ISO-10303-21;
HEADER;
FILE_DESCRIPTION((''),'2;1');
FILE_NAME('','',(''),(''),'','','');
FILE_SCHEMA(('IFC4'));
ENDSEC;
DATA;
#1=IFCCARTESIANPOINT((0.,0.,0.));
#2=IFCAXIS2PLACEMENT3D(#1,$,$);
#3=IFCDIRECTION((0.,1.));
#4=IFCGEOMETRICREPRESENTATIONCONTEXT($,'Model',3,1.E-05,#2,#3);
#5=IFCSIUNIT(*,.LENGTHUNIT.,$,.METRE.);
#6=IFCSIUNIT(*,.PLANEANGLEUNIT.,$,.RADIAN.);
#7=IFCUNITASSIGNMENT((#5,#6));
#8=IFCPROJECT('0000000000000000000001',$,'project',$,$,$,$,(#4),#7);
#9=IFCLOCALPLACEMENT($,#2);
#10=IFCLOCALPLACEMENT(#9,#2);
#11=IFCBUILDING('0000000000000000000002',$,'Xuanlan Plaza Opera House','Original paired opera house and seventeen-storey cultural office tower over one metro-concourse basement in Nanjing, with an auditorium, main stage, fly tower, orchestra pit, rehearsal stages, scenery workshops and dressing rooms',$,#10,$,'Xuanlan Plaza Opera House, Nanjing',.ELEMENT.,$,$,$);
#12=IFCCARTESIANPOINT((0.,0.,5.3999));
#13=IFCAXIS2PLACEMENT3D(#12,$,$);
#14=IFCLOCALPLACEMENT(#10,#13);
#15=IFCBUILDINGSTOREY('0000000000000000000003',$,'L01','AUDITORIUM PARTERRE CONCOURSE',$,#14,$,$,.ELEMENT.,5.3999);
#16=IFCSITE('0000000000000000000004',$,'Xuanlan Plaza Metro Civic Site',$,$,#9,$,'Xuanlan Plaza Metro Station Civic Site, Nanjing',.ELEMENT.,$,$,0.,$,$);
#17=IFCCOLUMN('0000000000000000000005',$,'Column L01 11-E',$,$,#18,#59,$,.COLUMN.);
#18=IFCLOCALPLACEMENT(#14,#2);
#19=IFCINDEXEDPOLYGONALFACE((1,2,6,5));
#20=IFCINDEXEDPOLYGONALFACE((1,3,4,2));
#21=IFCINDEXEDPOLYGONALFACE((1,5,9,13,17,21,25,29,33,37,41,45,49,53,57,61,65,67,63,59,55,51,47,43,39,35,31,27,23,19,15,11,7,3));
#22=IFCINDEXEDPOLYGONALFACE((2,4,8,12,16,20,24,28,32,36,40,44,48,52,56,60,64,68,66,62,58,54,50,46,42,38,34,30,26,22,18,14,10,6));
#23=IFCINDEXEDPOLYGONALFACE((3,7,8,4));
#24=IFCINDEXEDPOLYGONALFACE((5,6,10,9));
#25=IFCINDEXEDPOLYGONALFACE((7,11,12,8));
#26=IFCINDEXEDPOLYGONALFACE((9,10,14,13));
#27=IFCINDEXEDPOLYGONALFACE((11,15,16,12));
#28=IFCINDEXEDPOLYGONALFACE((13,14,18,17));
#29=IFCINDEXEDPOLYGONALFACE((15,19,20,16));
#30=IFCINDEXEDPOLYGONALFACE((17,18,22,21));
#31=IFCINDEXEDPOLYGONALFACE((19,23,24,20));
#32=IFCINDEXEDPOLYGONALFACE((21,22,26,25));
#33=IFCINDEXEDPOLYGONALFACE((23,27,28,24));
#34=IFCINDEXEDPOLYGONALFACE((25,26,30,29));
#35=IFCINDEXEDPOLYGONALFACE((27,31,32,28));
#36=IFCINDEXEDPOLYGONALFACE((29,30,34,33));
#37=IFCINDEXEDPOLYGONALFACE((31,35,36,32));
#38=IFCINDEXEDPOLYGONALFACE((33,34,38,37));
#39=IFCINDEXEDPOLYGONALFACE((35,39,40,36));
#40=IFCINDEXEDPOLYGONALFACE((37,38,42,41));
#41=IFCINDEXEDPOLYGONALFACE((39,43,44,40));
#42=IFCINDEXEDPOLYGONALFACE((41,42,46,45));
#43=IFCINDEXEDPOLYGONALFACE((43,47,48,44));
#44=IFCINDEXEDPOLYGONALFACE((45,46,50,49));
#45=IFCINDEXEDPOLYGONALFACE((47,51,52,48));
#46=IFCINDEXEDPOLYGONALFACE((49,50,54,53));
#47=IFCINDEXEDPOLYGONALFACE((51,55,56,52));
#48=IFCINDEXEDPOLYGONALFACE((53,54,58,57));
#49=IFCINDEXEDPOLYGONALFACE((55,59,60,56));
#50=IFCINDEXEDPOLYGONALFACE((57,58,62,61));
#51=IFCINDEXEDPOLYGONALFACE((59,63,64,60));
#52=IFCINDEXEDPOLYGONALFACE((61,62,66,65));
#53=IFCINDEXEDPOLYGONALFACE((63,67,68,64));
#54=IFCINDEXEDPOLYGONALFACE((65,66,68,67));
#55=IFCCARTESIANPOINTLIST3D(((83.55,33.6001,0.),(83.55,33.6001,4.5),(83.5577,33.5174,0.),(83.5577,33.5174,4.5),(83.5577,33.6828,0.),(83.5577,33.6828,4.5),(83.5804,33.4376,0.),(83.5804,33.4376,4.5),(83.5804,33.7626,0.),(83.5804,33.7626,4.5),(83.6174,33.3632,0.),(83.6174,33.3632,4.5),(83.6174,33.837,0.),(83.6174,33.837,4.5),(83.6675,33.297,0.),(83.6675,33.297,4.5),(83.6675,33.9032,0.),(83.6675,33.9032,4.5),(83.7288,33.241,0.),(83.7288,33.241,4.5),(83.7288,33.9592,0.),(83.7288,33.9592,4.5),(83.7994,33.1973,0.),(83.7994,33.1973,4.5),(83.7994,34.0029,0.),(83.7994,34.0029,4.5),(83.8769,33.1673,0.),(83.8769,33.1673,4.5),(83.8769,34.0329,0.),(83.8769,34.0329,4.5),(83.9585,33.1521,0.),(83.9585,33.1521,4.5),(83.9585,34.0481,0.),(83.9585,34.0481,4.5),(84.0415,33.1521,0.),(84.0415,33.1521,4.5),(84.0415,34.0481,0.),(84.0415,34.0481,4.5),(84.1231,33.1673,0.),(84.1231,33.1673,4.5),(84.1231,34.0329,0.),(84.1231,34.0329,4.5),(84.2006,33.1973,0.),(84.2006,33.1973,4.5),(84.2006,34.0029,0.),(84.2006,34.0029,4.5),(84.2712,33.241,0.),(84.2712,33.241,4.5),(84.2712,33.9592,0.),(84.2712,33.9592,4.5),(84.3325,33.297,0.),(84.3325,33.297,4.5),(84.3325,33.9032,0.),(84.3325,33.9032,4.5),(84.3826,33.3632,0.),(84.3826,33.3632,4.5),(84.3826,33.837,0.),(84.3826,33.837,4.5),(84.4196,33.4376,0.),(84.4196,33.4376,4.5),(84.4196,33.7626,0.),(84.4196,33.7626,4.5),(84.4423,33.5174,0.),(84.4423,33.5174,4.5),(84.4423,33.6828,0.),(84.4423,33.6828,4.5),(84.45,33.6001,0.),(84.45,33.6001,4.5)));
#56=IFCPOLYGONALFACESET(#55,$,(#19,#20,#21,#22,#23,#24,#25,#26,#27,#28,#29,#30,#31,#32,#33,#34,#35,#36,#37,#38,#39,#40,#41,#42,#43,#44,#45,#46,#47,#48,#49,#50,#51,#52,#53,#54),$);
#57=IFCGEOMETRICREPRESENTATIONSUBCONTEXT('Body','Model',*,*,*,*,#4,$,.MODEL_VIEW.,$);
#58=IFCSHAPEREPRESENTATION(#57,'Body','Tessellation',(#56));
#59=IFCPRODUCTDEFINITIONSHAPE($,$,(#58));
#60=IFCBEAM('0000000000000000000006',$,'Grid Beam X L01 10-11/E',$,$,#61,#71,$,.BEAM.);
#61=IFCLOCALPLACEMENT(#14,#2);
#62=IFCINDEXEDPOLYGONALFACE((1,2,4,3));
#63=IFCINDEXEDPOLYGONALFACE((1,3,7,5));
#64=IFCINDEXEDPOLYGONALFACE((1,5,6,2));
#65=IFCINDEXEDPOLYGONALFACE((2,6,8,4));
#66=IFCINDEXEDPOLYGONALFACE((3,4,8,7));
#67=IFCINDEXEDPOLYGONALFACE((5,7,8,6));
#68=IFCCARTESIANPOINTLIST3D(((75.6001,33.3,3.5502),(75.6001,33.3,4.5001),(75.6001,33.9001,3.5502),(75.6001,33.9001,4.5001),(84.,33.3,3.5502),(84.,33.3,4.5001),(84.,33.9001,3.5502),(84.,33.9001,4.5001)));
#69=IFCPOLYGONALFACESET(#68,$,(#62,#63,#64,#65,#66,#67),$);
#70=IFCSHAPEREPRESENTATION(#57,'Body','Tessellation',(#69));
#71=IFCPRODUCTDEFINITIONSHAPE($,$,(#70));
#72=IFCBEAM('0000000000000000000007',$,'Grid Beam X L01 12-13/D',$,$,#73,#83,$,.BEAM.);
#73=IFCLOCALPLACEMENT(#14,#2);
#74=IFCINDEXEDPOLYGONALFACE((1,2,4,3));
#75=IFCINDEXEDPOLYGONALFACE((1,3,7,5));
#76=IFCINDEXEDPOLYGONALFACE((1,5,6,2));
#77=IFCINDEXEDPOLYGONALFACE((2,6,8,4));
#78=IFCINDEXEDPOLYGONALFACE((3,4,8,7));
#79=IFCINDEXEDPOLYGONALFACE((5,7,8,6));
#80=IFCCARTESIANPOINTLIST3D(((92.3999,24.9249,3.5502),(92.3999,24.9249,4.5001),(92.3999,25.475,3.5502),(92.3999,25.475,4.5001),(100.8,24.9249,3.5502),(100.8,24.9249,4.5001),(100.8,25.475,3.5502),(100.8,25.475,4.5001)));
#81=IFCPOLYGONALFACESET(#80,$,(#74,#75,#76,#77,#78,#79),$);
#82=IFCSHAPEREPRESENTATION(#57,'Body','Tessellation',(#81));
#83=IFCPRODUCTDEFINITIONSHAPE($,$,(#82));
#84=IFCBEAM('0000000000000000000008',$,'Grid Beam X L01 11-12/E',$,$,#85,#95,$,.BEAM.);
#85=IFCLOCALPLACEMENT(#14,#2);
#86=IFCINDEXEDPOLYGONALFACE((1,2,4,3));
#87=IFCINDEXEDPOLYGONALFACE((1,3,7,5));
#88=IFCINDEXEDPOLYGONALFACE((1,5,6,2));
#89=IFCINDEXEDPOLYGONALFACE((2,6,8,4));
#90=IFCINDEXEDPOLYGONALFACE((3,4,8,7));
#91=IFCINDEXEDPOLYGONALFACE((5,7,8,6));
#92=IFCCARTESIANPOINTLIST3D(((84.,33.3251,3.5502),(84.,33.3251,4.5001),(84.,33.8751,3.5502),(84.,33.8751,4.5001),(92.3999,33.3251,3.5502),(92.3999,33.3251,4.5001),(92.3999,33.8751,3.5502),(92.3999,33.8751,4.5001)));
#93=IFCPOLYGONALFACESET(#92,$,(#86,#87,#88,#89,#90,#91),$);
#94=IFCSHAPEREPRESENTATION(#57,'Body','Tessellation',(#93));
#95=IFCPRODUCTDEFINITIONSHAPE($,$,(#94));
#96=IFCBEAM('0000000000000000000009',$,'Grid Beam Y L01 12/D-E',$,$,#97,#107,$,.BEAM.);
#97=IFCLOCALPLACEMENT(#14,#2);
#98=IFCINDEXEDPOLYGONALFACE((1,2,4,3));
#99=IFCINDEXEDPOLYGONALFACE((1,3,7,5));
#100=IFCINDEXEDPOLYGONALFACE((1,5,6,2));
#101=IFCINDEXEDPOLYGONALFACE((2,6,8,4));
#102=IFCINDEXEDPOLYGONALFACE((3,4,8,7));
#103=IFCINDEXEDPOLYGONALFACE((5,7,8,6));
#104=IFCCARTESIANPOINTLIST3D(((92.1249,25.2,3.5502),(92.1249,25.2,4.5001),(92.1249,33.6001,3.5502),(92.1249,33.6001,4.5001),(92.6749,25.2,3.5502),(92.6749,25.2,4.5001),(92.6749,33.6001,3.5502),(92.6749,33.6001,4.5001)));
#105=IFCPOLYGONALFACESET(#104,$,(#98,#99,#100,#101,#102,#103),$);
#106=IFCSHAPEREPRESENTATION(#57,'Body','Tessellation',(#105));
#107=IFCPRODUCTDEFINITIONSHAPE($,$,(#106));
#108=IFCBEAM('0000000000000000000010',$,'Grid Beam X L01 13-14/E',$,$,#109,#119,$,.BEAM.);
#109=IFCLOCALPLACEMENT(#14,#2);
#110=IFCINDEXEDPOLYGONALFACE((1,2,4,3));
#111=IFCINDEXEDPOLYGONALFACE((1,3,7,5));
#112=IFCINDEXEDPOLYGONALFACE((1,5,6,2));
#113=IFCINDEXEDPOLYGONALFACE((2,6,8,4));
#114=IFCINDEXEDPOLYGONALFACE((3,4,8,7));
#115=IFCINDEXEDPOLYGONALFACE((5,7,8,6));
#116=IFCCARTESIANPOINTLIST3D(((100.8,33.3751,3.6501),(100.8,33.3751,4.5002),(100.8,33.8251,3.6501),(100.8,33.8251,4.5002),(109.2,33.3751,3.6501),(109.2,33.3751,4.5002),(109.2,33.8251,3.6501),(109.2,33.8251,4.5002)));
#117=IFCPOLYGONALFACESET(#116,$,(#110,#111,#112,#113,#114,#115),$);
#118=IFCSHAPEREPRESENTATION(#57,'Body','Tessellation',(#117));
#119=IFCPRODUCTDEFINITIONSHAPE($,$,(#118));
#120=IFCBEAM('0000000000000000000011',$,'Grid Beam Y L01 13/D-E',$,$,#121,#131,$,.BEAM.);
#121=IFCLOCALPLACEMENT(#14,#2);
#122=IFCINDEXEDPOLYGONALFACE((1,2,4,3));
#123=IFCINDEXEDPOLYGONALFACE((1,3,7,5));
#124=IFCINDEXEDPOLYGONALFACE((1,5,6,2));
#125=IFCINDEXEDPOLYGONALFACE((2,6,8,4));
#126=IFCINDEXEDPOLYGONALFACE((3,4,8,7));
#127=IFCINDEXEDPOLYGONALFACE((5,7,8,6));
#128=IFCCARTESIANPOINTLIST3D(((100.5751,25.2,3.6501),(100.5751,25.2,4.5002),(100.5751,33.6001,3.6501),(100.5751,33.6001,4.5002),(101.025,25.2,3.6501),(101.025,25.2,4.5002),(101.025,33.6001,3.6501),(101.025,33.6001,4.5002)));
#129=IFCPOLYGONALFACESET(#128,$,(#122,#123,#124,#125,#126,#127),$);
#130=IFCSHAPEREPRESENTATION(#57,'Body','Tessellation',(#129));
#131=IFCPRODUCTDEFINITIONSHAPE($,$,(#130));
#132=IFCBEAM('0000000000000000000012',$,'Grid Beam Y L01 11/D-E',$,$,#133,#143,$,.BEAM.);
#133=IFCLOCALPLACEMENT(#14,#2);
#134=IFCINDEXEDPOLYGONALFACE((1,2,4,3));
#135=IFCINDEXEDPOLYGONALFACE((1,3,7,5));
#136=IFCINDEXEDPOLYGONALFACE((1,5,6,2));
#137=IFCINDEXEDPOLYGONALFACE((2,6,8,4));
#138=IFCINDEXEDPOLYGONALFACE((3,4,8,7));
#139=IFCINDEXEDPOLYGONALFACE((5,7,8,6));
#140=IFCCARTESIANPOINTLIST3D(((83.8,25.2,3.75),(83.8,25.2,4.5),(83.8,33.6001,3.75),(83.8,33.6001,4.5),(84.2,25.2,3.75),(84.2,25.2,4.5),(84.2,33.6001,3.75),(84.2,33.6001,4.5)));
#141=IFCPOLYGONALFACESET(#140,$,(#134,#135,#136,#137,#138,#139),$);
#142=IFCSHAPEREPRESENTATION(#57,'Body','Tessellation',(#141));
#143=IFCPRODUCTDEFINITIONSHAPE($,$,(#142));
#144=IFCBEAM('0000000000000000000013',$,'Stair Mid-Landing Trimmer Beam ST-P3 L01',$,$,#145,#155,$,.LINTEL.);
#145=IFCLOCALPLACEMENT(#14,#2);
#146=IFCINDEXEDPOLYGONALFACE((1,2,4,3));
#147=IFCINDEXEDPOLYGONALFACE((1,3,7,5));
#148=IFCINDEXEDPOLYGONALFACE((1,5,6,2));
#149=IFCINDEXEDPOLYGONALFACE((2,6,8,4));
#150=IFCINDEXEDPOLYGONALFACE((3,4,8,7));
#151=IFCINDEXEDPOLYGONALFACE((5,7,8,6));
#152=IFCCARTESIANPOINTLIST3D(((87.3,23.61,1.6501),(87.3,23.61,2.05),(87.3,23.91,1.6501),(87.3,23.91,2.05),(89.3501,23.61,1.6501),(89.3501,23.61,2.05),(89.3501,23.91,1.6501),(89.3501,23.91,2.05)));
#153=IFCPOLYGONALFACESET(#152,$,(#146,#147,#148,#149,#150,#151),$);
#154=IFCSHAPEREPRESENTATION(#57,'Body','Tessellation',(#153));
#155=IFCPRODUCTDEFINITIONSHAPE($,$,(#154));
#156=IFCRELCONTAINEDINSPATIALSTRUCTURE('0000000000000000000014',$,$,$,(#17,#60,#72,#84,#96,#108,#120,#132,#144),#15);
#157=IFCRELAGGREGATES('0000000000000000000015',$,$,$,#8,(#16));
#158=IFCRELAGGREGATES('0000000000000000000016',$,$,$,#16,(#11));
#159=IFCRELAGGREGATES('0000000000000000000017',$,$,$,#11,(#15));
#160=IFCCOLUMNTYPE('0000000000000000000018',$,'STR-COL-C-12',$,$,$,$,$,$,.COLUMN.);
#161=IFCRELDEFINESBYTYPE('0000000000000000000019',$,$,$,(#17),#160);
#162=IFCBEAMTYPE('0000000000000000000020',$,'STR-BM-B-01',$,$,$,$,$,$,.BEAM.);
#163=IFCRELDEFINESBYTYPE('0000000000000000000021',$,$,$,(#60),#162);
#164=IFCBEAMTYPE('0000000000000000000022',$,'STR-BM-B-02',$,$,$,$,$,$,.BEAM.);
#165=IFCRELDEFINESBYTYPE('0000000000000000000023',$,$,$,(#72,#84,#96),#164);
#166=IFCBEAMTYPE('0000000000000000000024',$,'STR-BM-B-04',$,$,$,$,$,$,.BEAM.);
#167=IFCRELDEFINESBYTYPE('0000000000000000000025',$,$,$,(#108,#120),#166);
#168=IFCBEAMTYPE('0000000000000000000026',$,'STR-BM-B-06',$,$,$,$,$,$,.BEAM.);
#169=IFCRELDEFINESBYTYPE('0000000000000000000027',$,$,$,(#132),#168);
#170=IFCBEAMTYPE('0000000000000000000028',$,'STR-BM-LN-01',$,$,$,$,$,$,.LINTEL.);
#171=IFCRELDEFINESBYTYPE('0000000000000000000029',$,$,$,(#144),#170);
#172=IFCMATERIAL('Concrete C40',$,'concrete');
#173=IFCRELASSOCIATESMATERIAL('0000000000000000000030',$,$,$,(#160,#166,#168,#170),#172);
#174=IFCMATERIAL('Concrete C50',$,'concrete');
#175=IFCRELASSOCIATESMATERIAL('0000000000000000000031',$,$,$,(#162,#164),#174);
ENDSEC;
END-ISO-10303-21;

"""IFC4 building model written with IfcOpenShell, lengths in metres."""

from ifc_helpers import new_model, si_unit, direction, frame, origin, origin_2d, place, context, subcontext, project, spatial, rectangle, circle, extrude, material, material_profile, profile_set, type_object, element, save


model = new_model("IFC4")

# Units and contexts
model_context = context("Model", 3, precision=1e-05, world=origin(), true_north=direction((0.0, 1.0)))
body_context = subcontext(model_context, "Body", "Model", "MODEL_VIEW")
ifc_project = project(units=[si_unit("LENGTHUNIT", "METRE"), si_unit("PLANEANGLEUNIT", "RADIAN")], contexts=[model_context])

# Site, building, storey
site_placement = place(None, origin())
site = spatial("IfcSite", under=ifc_project, at=site_placement, Name="Xuanlan Plaza Metro Civic Site", LongName="Xuanlan Plaza Metro Station Civic Site, Nanjing", CompositionType="ELEMENT", RefElevation=0.0)
building_placement = place(site_placement, origin())
building = spatial("IfcBuilding", under=site, at=building_placement, Name="Xuanlan Plaza Opera House", Description="Original paired opera house and seventeen-storey cultural office tower over one metro-concourse basement in Nanjing, with an auditorium, main stage, fly tower, orchestra pit, rehearsal stages, scenery workshops and dressing rooms", LongName="Xuanlan Plaza Opera House, Nanjing", CompositionType="ELEMENT")
storey_placement = place(building_placement, frame((0.0, 0.0, 5.3999)))
storey = spatial("IfcBuildingStorey", under=building, at=storey_placement, Name="L01", Description="AUDITORIUM PARTERRE CONCOURSE", CompositionType="ELEMENT", Elevation=5.3999)

# Column
ifc_material_1 = material(Name="Concrete C50", Category="concrete")
ifc_material_2 = material(Name="Concrete C40", Category="concrete")
ifc_material_profile_1 = material_profile(ifc_material_2, circle(Radius=0.45, at=origin_2d()), Name="RC-COL D900")
ifc_profile_set_1 = profile_set([ifc_material_profile_1], Name="Concrete C40")
column_type_1 = type_object("IfcColumnType", Name="STR-COL-C-12", PredefinedType="COLUMN", material=ifc_profile_set_1)
for number, where, z_axis, x_axis, name in (
    (1, (84.0, 33.6001, 0.0), (0.0, 0.0, 1.0), (1.0, 0.0, 0.0), "Column L01 11-E"),
):
    element("IfcColumn", number, at=place(storey_placement, frame(where, z_axis=z_axis, x_axis=x_axis)), inside=storey, type_object=column_type_1, Name=name, PredefinedType="COLUMN", context=body_context, shape_type="SweptSolid", body=[
        extrude(circle(Radius=0.45, at=origin_2d()), origin(), (0.0, 0.0, 1.0), 4.5),
    ])

# Beams
ifc_material_profile_2 = material_profile(ifc_material_1, rectangle(XDim=0.6001, YDim=0.95, at=origin_2d()), Name="RC-BM 600x950")
ifc_profile_set_2 = profile_set([ifc_material_profile_2], Name="Concrete C50")
beam_type_1 = type_object("IfcBeamType", Name="STR-BM-B-01", PredefinedType="BEAM", material=ifc_profile_set_2)
beam_1_placement = place(storey_placement, frame((75.6001, 33.6001, 4.0251), z_axis=(1.0, 0.0, 0.0), x_axis=(0.0, 1.0, 0.0)))
element("IfcBeam", 2, at=beam_1_placement, inside=storey, type_object=beam_type_1, Name="Grid Beam X L01 10-11/E", PredefinedType="BEAM", context=body_context, shape_type="SweptSolid", body=[
    extrude(rectangle(XDim=0.6001, YDim=0.95, at=origin_2d()), origin(), (0.0, 0.0, 1.0), 8.3999),
])
ifc_material_profile_3 = material_profile(ifc_material_1, rectangle(XDim=0.55, YDim=0.95, at=origin_2d()), Name="RC-BM 550x950")
ifc_profile_set_3 = profile_set([ifc_material_profile_3], Name="Concrete C50")
beam_type_2 = type_object("IfcBeamType", Name="STR-BM-B-02", PredefinedType="BEAM", material=ifc_profile_set_3)
beam_2_placement = place(storey_placement, frame((92.3999, 25.2, 4.0251), z_axis=(1.0, 0.0, 0.0), x_axis=(0.0, 1.0, 0.0)))
element("IfcBeam", 3, at=beam_2_placement, inside=storey, type_object=beam_type_2, Name="Grid Beam X L01 12-13/D", PredefinedType="BEAM", context=body_context, shape_type="SweptSolid", body=[
    extrude(rectangle(XDim=0.55, YDim=0.95, at=origin_2d()), origin(), (0.0, 0.0, 1.0), 8.4001),
])
beam_3_placement = place(storey_placement, frame((84.0, 33.6001, 4.0251), z_axis=(1.0, 0.0, 0.0), x_axis=(0.0, 1.0, 0.0)))
element("IfcBeam", 4, at=beam_3_placement, inside=storey, type_object=beam_type_2, Name="Grid Beam X L01 11-12/E", PredefinedType="BEAM", context=body_context, shape_type="SweptSolid", body=[
    extrude(rectangle(XDim=0.55, YDim=0.95, at=origin_2d()), origin(), (0.0, 0.0, 1.0), 8.3999),
])
beam_4_placement = place(storey_placement, frame((92.3999, 25.2, 4.0251), z_axis=(0.0, 1.0, 0.0), x_axis=(-1.0, 0.0, 0.0)))
element("IfcBeam", 5, at=beam_4_placement, inside=storey, type_object=beam_type_2, Name="Grid Beam Y L01 12/D-E", PredefinedType="BEAM", context=body_context, shape_type="SweptSolid", body=[
    extrude(rectangle(XDim=0.55, YDim=0.95, at=origin_2d()), origin(), (0.0, 0.0, 1.0), 8.4001),
])
ifc_material_profile_4 = material_profile(ifc_material_2, rectangle(XDim=0.45, YDim=0.8501, at=origin_2d()), Name="RC-BM 450x850")
ifc_profile_set_4 = profile_set([ifc_material_profile_4], Name="Concrete C40")
beam_type_3 = type_object("IfcBeamType", Name="STR-BM-B-04", PredefinedType="BEAM", material=ifc_profile_set_4)
beam_5_placement = place(storey_placement, frame((100.8, 33.6001, 4.0752), z_axis=(1.0, 0.0, 0.0), x_axis=(0.0, 1.0, 0.0)))
element("IfcBeam", 6, at=beam_5_placement, inside=storey, type_object=beam_type_3, Name="Grid Beam X L01 13-14/E", PredefinedType="BEAM", context=body_context, shape_type="SweptSolid", body=[
    extrude(rectangle(XDim=0.45, YDim=0.8501, at=origin_2d()), origin(), (0.0, 0.0, 1.0), 8.3999),
])
beam_6_placement = place(storey_placement, frame((100.8, 25.2, 4.0752), z_axis=(0.0, 1.0, 0.0), x_axis=(-1.0, 0.0, 0.0)))
element("IfcBeam", 7, at=beam_6_placement, inside=storey, type_object=beam_type_3, Name="Grid Beam Y L01 13/D-E", PredefinedType="BEAM", context=body_context, shape_type="SweptSolid", body=[
    extrude(rectangle(XDim=0.45, YDim=0.8501, at=origin_2d()), origin(), (0.0, 0.0, 1.0), 8.4001),
])
ifc_material_profile_5 = material_profile(ifc_material_2, rectangle(XDim=0.3999, YDim=0.75, at=origin_2d()), Name="RC-BM 400x750")
ifc_profile_set_5 = profile_set([ifc_material_profile_5], Name="Concrete C40")
beam_type_4 = type_object("IfcBeamType", Name="STR-BM-B-06", PredefinedType="BEAM", material=ifc_profile_set_5)
beam_7_placement = place(storey_placement, frame((84.0, 25.2, 4.125), z_axis=(0.0, 1.0, 0.0), x_axis=(-1.0, 0.0, 0.0)))
element("IfcBeam", 8, at=beam_7_placement, inside=storey, type_object=beam_type_4, Name="Grid Beam Y L01 11/D-E", PredefinedType="BEAM", context=body_context, shape_type="SweptSolid", body=[
    extrude(rectangle(XDim=0.3999, YDim=0.75, at=origin_2d()), origin(), (0.0, 0.0, 1.0), 8.4001),
])
ifc_material_profile_6 = material_profile(ifc_material_2, rectangle(XDim=0.3, YDim=0.3999, at=origin_2d()), Name="RC-LNT 300x400")
ifc_profile_set_6 = profile_set([ifc_material_profile_6], Name="Concrete C40")
beam_type_5 = type_object("IfcBeamType", Name="STR-BM-LN-01", PredefinedType="LINTEL", material=ifc_profile_set_6)
beam_8_placement = place(storey_placement, frame((87.3, 23.76, 1.8501), z_axis=(1.0, 0.0, 0.0), x_axis=(0.0, 1.0, 0.0)))
element("IfcBeam", 9, at=beam_8_placement, inside=storey, type_object=beam_type_5, Name="Stair Mid-Landing Trimmer Beam ST-P3 L01", PredefinedType="LINTEL", context=body_context, shape_type="SweptSolid", body=[
    extrude(rectangle(XDim=0.3, YDim=0.3999, at=origin_2d()), origin(), (0.0, 0.0, 1.0), 2.05),
])

save(model, "model.ifc")
